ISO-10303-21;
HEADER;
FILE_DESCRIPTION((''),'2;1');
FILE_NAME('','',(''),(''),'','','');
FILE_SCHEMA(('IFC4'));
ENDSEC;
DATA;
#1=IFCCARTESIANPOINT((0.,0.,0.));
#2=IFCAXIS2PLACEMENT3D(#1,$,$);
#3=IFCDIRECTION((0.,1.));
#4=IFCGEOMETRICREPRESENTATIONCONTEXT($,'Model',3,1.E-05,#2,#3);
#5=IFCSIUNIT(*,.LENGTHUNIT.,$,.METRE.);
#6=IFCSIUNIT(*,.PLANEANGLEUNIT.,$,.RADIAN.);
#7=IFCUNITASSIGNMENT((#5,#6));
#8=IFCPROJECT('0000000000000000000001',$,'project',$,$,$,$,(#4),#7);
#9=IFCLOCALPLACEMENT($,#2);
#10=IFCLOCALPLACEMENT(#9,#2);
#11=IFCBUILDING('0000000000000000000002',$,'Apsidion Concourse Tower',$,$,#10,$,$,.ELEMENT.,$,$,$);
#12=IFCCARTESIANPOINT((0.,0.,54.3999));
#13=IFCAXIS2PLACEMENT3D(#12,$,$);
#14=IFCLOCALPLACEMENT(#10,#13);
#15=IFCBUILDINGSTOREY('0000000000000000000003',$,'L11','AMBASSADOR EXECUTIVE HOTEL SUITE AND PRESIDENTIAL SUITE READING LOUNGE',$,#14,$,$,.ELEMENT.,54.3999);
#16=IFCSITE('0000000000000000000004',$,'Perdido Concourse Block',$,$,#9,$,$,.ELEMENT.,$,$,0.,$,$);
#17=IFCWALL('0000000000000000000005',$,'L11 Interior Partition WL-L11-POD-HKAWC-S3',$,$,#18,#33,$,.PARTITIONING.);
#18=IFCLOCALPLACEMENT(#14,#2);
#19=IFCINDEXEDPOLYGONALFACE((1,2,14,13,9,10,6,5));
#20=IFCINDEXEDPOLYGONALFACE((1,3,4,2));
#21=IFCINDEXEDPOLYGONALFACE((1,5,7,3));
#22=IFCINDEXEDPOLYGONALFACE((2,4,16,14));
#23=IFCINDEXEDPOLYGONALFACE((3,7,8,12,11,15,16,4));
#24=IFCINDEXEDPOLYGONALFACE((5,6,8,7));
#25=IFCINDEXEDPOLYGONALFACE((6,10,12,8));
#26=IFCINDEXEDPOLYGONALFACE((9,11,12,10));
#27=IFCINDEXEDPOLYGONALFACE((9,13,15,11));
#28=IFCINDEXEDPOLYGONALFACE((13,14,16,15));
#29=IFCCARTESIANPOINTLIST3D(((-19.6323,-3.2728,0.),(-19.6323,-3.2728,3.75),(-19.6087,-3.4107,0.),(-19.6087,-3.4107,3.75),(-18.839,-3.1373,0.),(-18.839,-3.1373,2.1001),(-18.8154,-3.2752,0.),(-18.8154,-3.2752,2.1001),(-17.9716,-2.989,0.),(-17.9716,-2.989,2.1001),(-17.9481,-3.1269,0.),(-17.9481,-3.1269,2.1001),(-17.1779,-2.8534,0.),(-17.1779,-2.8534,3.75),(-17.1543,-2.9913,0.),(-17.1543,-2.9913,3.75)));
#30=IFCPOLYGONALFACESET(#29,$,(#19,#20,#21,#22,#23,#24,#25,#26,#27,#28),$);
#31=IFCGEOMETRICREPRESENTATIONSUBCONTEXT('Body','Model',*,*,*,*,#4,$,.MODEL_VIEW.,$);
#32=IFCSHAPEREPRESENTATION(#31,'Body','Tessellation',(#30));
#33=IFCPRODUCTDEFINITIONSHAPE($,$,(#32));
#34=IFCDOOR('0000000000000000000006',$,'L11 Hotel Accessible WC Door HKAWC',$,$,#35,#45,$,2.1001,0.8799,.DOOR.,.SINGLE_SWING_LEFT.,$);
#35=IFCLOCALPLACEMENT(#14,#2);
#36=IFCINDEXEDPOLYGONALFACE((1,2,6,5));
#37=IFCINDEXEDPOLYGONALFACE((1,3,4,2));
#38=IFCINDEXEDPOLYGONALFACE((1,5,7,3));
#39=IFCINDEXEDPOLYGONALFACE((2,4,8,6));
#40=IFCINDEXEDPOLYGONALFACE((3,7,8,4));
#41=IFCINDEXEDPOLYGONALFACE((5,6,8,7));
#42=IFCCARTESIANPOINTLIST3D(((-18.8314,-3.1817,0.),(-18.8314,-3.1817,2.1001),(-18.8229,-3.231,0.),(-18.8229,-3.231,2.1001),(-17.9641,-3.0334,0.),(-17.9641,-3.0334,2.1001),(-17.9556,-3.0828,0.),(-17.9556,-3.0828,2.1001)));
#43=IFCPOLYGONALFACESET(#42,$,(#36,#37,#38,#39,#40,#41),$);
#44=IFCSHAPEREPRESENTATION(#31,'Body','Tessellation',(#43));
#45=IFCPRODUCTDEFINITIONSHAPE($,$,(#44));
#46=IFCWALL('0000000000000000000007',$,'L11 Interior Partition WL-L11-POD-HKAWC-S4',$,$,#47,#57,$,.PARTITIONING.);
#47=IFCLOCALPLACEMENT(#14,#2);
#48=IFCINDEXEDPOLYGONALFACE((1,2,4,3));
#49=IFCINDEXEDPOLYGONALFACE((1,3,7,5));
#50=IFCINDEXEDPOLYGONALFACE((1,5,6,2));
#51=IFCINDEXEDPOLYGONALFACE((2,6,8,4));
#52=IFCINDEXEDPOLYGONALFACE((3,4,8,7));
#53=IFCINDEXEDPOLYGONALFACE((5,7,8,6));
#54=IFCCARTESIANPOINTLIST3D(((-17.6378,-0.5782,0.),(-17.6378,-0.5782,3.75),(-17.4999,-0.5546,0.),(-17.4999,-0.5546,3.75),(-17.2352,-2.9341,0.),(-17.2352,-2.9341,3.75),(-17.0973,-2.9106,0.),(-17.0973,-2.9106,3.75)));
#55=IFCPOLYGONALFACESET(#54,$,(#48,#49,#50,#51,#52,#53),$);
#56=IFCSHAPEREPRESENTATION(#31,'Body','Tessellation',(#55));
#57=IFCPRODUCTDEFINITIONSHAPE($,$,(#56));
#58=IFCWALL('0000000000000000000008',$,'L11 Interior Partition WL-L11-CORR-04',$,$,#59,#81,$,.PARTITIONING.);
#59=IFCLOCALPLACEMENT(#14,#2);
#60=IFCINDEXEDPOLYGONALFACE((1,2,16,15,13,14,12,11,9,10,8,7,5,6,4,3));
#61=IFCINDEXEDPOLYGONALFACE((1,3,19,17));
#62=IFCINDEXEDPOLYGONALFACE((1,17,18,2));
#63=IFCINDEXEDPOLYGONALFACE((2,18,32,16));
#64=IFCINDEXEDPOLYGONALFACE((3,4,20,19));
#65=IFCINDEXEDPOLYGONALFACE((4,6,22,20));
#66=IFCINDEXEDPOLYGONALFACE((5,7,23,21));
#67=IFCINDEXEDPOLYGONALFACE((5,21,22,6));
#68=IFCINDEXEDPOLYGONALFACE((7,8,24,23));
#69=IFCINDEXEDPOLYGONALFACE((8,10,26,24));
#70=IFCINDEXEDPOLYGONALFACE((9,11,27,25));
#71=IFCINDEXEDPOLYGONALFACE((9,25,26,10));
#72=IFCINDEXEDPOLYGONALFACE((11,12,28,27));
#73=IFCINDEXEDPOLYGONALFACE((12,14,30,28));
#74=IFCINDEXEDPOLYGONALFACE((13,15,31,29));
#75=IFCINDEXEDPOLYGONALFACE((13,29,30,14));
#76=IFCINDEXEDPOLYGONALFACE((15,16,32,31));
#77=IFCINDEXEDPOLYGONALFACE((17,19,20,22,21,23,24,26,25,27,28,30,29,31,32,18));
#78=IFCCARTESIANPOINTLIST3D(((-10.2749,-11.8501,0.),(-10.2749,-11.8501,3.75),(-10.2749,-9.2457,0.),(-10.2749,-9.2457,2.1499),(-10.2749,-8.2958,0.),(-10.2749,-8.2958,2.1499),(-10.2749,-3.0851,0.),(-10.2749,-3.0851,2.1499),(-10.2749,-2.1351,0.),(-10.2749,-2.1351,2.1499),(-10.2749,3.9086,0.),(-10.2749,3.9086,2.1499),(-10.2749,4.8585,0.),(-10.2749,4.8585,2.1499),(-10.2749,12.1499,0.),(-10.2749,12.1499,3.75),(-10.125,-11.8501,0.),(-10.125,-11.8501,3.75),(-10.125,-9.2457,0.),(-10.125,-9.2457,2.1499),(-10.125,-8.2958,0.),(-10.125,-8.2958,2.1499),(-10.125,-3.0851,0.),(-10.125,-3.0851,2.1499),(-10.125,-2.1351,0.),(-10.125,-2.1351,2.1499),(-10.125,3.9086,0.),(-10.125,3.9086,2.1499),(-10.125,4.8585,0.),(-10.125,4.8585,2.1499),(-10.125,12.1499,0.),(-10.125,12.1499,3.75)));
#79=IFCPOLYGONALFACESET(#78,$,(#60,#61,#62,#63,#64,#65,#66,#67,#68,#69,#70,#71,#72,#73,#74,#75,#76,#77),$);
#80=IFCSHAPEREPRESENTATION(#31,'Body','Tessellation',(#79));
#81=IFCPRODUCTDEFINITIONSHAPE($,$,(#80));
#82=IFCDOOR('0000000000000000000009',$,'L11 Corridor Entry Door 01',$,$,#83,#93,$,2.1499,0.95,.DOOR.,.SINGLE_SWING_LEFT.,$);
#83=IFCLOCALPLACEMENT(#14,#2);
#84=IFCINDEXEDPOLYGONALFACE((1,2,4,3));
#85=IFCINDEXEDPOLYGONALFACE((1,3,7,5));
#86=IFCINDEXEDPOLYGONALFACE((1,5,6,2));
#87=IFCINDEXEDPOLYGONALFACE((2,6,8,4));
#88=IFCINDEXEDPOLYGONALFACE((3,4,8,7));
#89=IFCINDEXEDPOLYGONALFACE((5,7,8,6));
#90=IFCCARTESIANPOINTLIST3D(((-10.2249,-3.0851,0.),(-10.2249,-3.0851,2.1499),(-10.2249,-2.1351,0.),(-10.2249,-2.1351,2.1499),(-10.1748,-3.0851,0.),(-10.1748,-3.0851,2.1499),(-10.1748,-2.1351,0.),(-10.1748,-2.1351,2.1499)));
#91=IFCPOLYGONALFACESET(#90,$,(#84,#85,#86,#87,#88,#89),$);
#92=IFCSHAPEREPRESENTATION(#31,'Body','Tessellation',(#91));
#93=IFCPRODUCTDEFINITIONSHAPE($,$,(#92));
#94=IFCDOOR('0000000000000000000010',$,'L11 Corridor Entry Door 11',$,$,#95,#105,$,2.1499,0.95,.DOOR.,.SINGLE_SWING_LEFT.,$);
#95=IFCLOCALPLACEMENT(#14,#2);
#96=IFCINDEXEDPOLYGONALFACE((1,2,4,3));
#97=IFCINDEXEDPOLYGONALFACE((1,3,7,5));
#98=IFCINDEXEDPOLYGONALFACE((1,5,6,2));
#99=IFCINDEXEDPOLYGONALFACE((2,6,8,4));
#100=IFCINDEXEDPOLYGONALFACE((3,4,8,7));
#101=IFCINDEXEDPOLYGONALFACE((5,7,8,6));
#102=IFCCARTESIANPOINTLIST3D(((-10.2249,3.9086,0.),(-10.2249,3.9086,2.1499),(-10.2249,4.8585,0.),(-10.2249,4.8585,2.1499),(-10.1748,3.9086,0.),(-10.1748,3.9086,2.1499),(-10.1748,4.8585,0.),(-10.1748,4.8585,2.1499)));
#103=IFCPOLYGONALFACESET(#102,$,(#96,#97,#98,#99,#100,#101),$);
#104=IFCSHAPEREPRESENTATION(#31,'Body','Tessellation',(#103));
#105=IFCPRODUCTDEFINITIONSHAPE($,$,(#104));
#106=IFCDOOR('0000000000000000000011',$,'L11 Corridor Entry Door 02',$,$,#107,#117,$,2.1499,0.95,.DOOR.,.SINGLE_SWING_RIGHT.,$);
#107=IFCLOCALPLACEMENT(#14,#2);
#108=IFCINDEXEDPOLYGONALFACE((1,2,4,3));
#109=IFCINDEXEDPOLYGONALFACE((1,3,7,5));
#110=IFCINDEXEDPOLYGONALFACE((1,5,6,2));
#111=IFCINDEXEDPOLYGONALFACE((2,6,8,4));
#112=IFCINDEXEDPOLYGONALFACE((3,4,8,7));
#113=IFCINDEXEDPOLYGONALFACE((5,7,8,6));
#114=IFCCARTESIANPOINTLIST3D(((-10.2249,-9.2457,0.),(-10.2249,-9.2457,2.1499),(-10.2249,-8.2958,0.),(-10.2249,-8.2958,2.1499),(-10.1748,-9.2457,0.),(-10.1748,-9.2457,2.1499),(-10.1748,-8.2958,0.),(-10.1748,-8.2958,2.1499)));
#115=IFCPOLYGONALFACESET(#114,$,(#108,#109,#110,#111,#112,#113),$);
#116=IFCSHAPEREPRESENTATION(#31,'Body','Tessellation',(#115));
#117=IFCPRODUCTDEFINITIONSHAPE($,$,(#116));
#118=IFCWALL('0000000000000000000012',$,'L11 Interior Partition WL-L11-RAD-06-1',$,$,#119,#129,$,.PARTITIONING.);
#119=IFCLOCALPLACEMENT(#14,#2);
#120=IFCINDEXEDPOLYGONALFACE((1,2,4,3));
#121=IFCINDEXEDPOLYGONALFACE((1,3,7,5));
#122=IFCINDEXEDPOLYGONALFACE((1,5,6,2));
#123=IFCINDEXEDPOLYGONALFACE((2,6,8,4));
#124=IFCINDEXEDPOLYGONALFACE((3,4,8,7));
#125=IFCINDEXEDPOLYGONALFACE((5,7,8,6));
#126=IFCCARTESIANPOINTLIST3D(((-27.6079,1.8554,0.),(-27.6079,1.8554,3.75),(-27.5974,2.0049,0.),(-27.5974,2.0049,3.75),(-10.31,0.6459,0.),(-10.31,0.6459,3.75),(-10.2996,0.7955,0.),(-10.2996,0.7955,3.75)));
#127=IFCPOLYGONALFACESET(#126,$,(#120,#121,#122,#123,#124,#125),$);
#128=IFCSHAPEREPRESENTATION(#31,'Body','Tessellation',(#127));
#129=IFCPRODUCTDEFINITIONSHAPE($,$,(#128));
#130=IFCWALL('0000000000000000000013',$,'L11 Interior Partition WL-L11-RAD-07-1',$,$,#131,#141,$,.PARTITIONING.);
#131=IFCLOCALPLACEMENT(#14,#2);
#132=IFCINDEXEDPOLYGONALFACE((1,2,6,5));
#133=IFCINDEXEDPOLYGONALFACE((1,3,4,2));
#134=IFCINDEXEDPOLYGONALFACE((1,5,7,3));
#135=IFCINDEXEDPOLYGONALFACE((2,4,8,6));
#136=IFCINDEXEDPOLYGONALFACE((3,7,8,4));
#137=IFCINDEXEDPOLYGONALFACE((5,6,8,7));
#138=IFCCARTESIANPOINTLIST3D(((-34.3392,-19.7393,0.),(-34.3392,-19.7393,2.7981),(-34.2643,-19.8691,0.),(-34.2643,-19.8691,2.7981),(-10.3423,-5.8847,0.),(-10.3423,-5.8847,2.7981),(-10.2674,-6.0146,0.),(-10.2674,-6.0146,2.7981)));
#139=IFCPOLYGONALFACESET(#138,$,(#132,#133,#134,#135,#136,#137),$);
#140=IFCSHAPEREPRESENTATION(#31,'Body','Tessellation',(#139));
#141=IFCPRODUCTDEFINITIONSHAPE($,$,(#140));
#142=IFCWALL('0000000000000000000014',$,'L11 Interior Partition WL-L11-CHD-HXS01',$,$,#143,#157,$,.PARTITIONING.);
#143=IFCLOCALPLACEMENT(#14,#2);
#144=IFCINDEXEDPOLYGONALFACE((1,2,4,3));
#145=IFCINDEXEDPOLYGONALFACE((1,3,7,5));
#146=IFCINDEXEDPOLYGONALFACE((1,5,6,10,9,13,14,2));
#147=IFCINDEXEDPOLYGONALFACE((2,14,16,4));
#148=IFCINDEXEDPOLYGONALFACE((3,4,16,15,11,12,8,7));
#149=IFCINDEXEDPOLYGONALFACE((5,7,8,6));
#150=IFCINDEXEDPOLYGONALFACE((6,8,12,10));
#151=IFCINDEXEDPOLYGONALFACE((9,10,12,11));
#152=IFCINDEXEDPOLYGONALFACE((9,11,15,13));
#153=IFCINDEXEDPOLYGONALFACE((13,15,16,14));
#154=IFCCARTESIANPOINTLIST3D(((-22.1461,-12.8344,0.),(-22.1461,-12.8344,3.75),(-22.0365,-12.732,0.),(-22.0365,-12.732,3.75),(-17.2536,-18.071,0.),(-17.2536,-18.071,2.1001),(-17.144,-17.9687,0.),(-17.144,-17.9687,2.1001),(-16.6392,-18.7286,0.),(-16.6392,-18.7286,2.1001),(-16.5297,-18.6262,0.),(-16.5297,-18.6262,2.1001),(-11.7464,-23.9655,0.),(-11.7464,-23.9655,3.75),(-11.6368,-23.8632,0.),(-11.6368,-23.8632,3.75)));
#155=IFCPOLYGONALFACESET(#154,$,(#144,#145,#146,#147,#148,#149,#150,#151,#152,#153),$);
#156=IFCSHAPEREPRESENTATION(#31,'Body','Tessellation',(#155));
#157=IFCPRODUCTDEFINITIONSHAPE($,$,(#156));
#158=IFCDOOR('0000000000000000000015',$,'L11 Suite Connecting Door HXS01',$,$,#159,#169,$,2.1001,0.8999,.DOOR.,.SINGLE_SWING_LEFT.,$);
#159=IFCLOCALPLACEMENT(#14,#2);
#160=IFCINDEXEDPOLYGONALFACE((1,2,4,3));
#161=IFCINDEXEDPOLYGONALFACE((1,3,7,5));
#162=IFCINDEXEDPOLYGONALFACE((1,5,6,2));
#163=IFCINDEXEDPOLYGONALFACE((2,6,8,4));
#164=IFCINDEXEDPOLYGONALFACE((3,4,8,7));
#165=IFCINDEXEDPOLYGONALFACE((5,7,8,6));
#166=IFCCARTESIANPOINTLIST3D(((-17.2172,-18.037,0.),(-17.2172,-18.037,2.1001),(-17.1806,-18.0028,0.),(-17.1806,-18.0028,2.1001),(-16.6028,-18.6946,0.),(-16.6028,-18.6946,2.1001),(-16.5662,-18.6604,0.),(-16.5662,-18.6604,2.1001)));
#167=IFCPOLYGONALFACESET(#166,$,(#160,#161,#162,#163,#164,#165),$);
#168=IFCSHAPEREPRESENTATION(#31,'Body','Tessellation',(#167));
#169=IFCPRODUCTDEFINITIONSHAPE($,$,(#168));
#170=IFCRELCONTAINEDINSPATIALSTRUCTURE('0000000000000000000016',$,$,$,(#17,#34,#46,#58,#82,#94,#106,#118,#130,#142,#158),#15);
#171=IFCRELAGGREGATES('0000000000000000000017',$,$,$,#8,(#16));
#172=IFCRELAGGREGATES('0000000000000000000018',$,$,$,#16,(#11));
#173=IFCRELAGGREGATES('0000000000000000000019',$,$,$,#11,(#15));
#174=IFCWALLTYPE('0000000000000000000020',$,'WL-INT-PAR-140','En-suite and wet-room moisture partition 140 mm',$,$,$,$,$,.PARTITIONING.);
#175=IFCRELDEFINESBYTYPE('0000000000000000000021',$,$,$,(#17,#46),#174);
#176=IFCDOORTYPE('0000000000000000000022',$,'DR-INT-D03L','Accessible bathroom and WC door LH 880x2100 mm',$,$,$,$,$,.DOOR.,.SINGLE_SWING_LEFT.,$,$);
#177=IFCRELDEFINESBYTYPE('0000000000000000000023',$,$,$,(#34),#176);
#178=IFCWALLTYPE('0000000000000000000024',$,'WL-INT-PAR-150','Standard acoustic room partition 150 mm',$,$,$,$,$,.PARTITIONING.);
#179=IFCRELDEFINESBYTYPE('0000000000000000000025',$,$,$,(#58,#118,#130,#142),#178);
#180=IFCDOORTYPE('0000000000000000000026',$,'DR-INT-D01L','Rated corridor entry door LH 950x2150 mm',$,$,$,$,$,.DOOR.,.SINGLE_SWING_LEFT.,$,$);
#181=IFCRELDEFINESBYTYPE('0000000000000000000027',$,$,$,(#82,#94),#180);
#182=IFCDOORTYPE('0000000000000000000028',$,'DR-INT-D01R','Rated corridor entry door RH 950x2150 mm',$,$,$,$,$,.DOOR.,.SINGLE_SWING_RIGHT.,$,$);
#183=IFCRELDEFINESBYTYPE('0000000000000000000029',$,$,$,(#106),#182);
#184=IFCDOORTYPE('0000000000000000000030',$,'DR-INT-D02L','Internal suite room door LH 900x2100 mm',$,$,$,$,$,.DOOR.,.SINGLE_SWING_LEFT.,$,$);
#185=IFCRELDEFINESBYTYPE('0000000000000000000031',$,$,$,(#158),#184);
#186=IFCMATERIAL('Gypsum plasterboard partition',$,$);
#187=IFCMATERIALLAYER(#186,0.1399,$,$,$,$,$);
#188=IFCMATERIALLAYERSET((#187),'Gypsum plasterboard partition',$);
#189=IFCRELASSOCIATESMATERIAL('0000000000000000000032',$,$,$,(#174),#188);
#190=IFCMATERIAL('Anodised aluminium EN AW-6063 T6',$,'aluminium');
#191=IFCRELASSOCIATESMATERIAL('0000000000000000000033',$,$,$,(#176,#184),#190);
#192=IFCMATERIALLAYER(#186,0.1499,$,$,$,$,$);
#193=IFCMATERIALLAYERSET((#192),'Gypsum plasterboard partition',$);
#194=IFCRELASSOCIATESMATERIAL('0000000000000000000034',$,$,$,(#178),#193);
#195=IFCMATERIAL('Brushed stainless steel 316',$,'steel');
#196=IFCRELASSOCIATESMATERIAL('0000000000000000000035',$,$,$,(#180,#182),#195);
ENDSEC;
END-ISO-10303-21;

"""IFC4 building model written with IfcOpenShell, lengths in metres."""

from ifc_helpers import new_model, si_unit, direction, frame, frame_2d, origin, place, context, subcontext, project, spatial, rectangle, extrude, material, layer, layer_set, type_object, element, fill, save


model = new_model("IFC4")

# Units and contexts
model_context = context("Model", 3, precision=1e-05, world=origin(), true_north=direction((0.0, 1.0)))
body_context = subcontext(model_context, "Body", "Model", "MODEL_VIEW")
ifc_project = project(units=[si_unit("LENGTHUNIT", "METRE"), si_unit("PLANEANGLEUNIT", "RADIAN")], contexts=[model_context])

# Site, building, storey
site_placement = place(None, origin())
site = spatial("IfcSite", under=ifc_project, at=site_placement, Name="Perdido Concourse Block", CompositionType="ELEMENT", RefElevation=0.0)
building_placement = place(site_placement, origin())
building = spatial("IfcBuilding", under=site, at=building_placement, Name="Apsidion Concourse Tower", CompositionType="ELEMENT")
storey_placement = place(building_placement, frame((0.0, 0.0, 54.3999)))
storey = spatial("IfcBuildingStorey", under=building, at=storey_placement, Name="L11", Description="AMBASSADOR EXECUTIVE HOTEL SUITE AND PRESIDENTIAL SUITE READING LOUNGE", CompositionType="ELEMENT", Elevation=54.3999)

# Shared definitions
ifc_material_1 = material(Name="Anodised aluminium EN AW-6063 T6", Category="aluminium")

# Shared definitions
ifc_material_2 = material(Name="Gypsum plasterboard partition")
ifc_layer_1 = layer(ifc_material_2, 0.1399)
ifc_layer_set_1 = layer_set([ifc_layer_1], Name="Gypsum plasterboard partition")
wall_type_1 = type_object("IfcWallType", Name="WL-INT-PAR-140", Description="En-suite and wet-room moisture partition 140 mm", PredefinedType="PARTITIONING", material=ifc_layer_set_1)

# Wall, opening, door
wall_1_placement = place(storey_placement, frame((-19.6206, -3.3418, 0.0), z_axis=(0.0, 0.0, 1.0), x_axis=(0.98571, 0.168452, 0.0)))
wall_1 = element("IfcWall", 1, at=wall_1_placement, inside=storey, type_object=wall_type_1, Name="L11 Interior Partition WL-L11-POD-HKAWC-S3", PredefinedType="PARTITIONING", context=body_context, shape_type="SweptSolid", body=[
    extrude(rectangle(XDim=2.49, YDim=0.1399, at=frame_2d((1.2451, 0.0))), origin(), (0.0, 0.0, 1.0), 3.75),
])
opening_1_placement = place(wall_1_placement, frame((0.8049, 0.0, 0.0)))
opening_1 = element("IfcOpeningElement", 2, at=opening_1_placement, cuts=wall_1, PredefinedType="OPENING", context=body_context, shape_type="SweptSolid", body=[
    extrude(rectangle(XDim=0.8799, YDim=2.1001, at=frame_2d((0.4399, 1.05))), frame((0.0, 0.0801, 0.0), z_axis=(0.0, -1.0, 0.0), x_axis=(1.0, 0.0, 0.0)), (0.0, 0.0, 1.0), 0.1599),
])
door_type_1 = type_object("IfcDoorType", Name="DR-INT-D03L", Description="Accessible bathroom and WC door LH 880x2100 mm", OperationType="SINGLE_SWING_LEFT", PredefinedType="DOOR", material=ifc_material_1)
door_1_placement = place(opening_1_placement, origin())
door_1 = element("IfcDoor", 3, at=door_1_placement, inside=storey, type_object=door_type_1, Name="L11 Hotel Accessible WC Door HKAWC", OperationType="SINGLE_SWING_LEFT", OverallHeight=2.1001, OverallWidth=0.8799, PredefinedType="DOOR", context=body_context, shape_type="SweptSolid", body=[
    extrude(rectangle(XDim=0.8799, YDim=2.1001, at=frame_2d((0.4399, 1.05))), frame((0.0, 0.0249, 0.0), z_axis=(0.0, -1.0, 0.0), x_axis=(1.0, 0.0, 0.0)), (0.0, 0.0, 1.0), 0.05),
])
fill(opening_1, door_1)

# Wall
wall_2_placement = place(storey_placement, frame((-17.1663, -2.9224, 0.0), z_axis=(0.0, 0.0, 1.0), x_axis=(-0.168439, 0.985712, 0.0)))
element("IfcWall", 4, at=wall_2_placement, inside=storey, type_object=wall_type_1, Name="L11 Interior Partition WL-L11-POD-HKAWC-S4", PredefinedType="PARTITIONING", context=body_context, shape_type="SweptSolid", body=[
    extrude(rectangle(XDim=2.3901, YDim=0.1399, at=frame_2d((1.1951, 0.0))), origin(), (0.0, 0.0, 1.0), 3.75),
])

# Wall, openings, doors
ifc_layer_2 = layer(ifc_material_2, 0.1499)
ifc_layer_set_2 = layer_set([ifc_layer_2], Name="Gypsum plasterboard partition")
wall_type_2 = type_object("IfcWallType", Name="WL-INT-PAR-150", Description="Standard acoustic room partition 150 mm", PredefinedType="PARTITIONING", material=ifc_layer_set_2)
wall_3_placement = place(storey_placement, frame((-10.2, -11.8501, 0.0), z_axis=(0.0, 0.0, 1.0), x_axis=(0.0, 1.0, 0.0)))
wall_3 = element("IfcWall", 5, at=wall_3_placement, inside=storey, type_object=wall_type_2, Name="L11 Interior Partition WL-L11-CORR-04", PredefinedType="PARTITIONING", context=body_context, shape_type="SweptSolid", body=[
    extrude(rectangle(XDim=24.0, YDim=0.1499, at=frame_2d((12.0, 0.0))), origin(), (0.0, 0.0, 1.0), 3.75),
])
opening_2_placement = place(wall_3_placement, frame((8.7649, 0.0, 0.0)))
opening_2 = element("IfcOpeningElement", 6, at=opening_2_placement, cuts=wall_3, PredefinedType="OPENING", context=body_context, shape_type="SweptSolid", body=[
    extrude(rectangle(XDim=0.95, YDim=2.1499, at=frame_2d((0.4751, 1.075))), frame((0.0, 0.085, 0.0), z_axis=(0.0, -1.0, 0.0), x_axis=(1.0, 0.0, 0.0)), (0.0, 0.0, 1.0), 0.1699),
])
opening_3_placement = place(wall_3_placement, frame((2.6042, 0.0, 0.0)))
opening_3 = element("IfcOpeningElement", 7, at=opening_3_placement, cuts=wall_3, PredefinedType="OPENING", context=body_context, shape_type="SweptSolid", body=[
    extrude(rectangle(XDim=0.95, YDim=2.1499, at=frame_2d((0.4751, 1.075))), frame((0.0, 0.085, 0.0), z_axis=(0.0, -1.0, 0.0), x_axis=(1.0, 0.0, 0.0)), (0.0, 0.0, 1.0), 0.1699),
])
opening_4_placement = place(wall_3_placement, frame((15.7585, 0.0, 0.0)))
opening_4 = element("IfcOpeningElement", 8, at=opening_4_placement, cuts=wall_3, PredefinedType="OPENING", context=body_context, shape_type="SweptSolid", body=[
    extrude(rectangle(XDim=0.95, YDim=2.1499, at=frame_2d((0.4751, 1.075))), frame((0.0, 0.085, 0.0), z_axis=(0.0, -1.0, 0.0), x_axis=(1.0, 0.0, 0.0)), (0.0, 0.0, 1.0), 0.1699),
])
ifc_material_3 = material(Name="Brushed stainless steel 316", Category="steel")
door_type_2 = type_object("IfcDoorType", Name="DR-INT-D01L", Description="Rated corridor entry door LH 950x2150 mm", OperationType="SINGLE_SWING_LEFT", PredefinedType="DOOR", material=ifc_material_3)
door_2_placement = place(opening_2_placement, origin())
door_2 = element("IfcDoor", 9, at=door_2_placement, inside=storey, type_object=door_type_2, Name="L11 Corridor Entry Door 01", OperationType="SINGLE_SWING_LEFT", OverallHeight=2.1499, OverallWidth=0.95, PredefinedType="DOOR", context=body_context, shape_type="SweptSolid", body=[
    extrude(rectangle(XDim=0.95, YDim=2.1499, at=frame_2d((0.4751, 1.075))), frame((0.0, 0.0249, 0.0), z_axis=(0.0, -1.0, 0.0), x_axis=(1.0, 0.0, 0.0)), (0.0, 0.0, 1.0), 0.05),
])
fill(opening_2, door_2)
door_3_placement = place(opening_4_placement, origin())
door_3 = element("IfcDoor", 10, at=door_3_placement, inside=storey, type_object=door_type_2, Name="L11 Corridor Entry Door 11", OperationType="SINGLE_SWING_LEFT", OverallHeight=2.1499, OverallWidth=0.95, PredefinedType="DOOR", context=body_context, shape_type="SweptSolid", body=[
    extrude(rectangle(XDim=0.95, YDim=2.1499, at=frame_2d((0.4751, 1.075))), frame((0.0, 0.0249, 0.0), z_axis=(0.0, -1.0, 0.0), x_axis=(1.0, 0.0, 0.0)), (0.0, 0.0, 1.0), 0.05),
])
fill(opening_4, door_3)
door_type_3 = type_object("IfcDoorType", Name="DR-INT-D01R", Description="Rated corridor entry door RH 950x2150 mm", OperationType="SINGLE_SWING_RIGHT", PredefinedType="DOOR", material=ifc_material_3)
door_4_placement = place(opening_3_placement, origin())
door_4 = element("IfcDoor", 11, at=door_4_placement, inside=storey, type_object=door_type_3, Name="L11 Corridor Entry Door 02", OperationType="SINGLE_SWING_RIGHT", OverallHeight=2.1499, OverallWidth=0.95, PredefinedType="DOOR", context=body_context, shape_type="SweptSolid", body=[
    extrude(rectangle(XDim=0.95, YDim=2.1499, at=frame_2d((0.4751, 1.075))), frame((0.0, 0.0249, 0.0), z_axis=(0.0, -1.0, 0.0), x_axis=(1.0, 0.0, 0.0)), (0.0, 0.0, 1.0), 0.05),
])
fill(opening_3, door_4)

# Walls
wall_4_placement = place(storey_placement, frame((-10.3049, 0.7207, 0.0), z_axis=(0.0, 0.0, 1.0), x_axis=(-0.997564, 0.06975, 0.0)))
element("IfcWall", 12, at=wall_4_placement, inside=storey, type_object=wall_type_2, Name="L11 Interior Partition WL-L11-RAD-06-1", PredefinedType="PARTITIONING", context=body_context, shape_type="SweptSolid", body=[
    extrude(rectangle(XDim=17.3401, YDim=0.1499, at=frame_2d((8.6699, 0.0))), origin(), (0.0, 0.0, 1.0), 3.75),
])
wall_5_placement = place(storey_placement, frame((-10.3049, -5.9497, 0.0), z_axis=(0.0, 0.0, 1.0), x_axis=(-0.866027, -0.499998, 0.0)))
element("IfcWall", 13, at=wall_5_placement, inside=storey, type_object=wall_type_2, Name="L11 Interior Partition WL-L11-RAD-07-1", PredefinedType="PARTITIONING", context=body_context, shape_type="SweptSolid", body=[
    extrude(rectangle(XDim=27.7092, YDim=0.1499, at=frame_2d((13.8545, 0.0))), origin(), (0.0, 0.0, 1.0), 2.7981),
])

# Wall, opening, door
wall_6_placement = place(storey_placement, frame((-22.0913, -12.7832, 0.0), z_axis=(0.0, 0.0, 1.0), x_axis=(0.682691, -0.730707, 0.0)))
wall_6 = element("IfcWall", 14, at=wall_6_placement, inside=storey, type_object=wall_type_2, Name="L11 Interior Partition WL-L11-CHD-HXS01", PredefinedType="PARTITIONING", context=body_context, shape_type="SweptSolid", body=[
    extrude(rectangle(XDim=15.2334, YDim=0.1499, at=frame_2d((7.6167, 0.0))), origin(), (0.0, 0.0, 1.0), 3.75),
])
opening_5_placement = place(wall_6_placement, frame((7.1665, 0.0, 0.0)))
opening_5 = element("IfcOpeningElement", 15, at=opening_5_placement, cuts=wall_6, PredefinedType="OPENING", context=body_context, shape_type="SweptSolid", body=[
    extrude(rectangle(XDim=0.8999, YDim=2.1001, at=frame_2d((0.45, 1.05))), frame((0.0, 0.085, 0.0), z_axis=(0.0, -1.0, 0.0), x_axis=(1.0, 0.0, 0.0)), (0.0, 0.0, 1.0), 0.1699),
])
door_type_4 = type_object("IfcDoorType", Name="DR-INT-D02L", Description="Internal suite room door LH 900x2100 mm", OperationType="SINGLE_SWING_LEFT", PredefinedType="DOOR", material=ifc_material_1)
door_5_placement = place(opening_5_placement, origin())
door_5 = element("IfcDoor", 16, at=door_5_placement, inside=storey, type_object=door_type_4, Name="L11 Suite Connecting Door HXS01", OperationType="SINGLE_SWING_LEFT", OverallHeight=2.1001, OverallWidth=0.8999, PredefinedType="DOOR", context=body_context, shape_type="SweptSolid", body=[
    extrude(rectangle(XDim=0.8999, YDim=2.1001, at=frame_2d((0.45, 1.05))), frame((0.0, 0.0249, 0.0), z_axis=(0.0, -1.0, 0.0), x_axis=(1.0, 0.0, 0.0)), (0.0, 0.0, 1.0), 0.05),
])
fill(opening_5, door_5)

save(model, "model.ifc")
